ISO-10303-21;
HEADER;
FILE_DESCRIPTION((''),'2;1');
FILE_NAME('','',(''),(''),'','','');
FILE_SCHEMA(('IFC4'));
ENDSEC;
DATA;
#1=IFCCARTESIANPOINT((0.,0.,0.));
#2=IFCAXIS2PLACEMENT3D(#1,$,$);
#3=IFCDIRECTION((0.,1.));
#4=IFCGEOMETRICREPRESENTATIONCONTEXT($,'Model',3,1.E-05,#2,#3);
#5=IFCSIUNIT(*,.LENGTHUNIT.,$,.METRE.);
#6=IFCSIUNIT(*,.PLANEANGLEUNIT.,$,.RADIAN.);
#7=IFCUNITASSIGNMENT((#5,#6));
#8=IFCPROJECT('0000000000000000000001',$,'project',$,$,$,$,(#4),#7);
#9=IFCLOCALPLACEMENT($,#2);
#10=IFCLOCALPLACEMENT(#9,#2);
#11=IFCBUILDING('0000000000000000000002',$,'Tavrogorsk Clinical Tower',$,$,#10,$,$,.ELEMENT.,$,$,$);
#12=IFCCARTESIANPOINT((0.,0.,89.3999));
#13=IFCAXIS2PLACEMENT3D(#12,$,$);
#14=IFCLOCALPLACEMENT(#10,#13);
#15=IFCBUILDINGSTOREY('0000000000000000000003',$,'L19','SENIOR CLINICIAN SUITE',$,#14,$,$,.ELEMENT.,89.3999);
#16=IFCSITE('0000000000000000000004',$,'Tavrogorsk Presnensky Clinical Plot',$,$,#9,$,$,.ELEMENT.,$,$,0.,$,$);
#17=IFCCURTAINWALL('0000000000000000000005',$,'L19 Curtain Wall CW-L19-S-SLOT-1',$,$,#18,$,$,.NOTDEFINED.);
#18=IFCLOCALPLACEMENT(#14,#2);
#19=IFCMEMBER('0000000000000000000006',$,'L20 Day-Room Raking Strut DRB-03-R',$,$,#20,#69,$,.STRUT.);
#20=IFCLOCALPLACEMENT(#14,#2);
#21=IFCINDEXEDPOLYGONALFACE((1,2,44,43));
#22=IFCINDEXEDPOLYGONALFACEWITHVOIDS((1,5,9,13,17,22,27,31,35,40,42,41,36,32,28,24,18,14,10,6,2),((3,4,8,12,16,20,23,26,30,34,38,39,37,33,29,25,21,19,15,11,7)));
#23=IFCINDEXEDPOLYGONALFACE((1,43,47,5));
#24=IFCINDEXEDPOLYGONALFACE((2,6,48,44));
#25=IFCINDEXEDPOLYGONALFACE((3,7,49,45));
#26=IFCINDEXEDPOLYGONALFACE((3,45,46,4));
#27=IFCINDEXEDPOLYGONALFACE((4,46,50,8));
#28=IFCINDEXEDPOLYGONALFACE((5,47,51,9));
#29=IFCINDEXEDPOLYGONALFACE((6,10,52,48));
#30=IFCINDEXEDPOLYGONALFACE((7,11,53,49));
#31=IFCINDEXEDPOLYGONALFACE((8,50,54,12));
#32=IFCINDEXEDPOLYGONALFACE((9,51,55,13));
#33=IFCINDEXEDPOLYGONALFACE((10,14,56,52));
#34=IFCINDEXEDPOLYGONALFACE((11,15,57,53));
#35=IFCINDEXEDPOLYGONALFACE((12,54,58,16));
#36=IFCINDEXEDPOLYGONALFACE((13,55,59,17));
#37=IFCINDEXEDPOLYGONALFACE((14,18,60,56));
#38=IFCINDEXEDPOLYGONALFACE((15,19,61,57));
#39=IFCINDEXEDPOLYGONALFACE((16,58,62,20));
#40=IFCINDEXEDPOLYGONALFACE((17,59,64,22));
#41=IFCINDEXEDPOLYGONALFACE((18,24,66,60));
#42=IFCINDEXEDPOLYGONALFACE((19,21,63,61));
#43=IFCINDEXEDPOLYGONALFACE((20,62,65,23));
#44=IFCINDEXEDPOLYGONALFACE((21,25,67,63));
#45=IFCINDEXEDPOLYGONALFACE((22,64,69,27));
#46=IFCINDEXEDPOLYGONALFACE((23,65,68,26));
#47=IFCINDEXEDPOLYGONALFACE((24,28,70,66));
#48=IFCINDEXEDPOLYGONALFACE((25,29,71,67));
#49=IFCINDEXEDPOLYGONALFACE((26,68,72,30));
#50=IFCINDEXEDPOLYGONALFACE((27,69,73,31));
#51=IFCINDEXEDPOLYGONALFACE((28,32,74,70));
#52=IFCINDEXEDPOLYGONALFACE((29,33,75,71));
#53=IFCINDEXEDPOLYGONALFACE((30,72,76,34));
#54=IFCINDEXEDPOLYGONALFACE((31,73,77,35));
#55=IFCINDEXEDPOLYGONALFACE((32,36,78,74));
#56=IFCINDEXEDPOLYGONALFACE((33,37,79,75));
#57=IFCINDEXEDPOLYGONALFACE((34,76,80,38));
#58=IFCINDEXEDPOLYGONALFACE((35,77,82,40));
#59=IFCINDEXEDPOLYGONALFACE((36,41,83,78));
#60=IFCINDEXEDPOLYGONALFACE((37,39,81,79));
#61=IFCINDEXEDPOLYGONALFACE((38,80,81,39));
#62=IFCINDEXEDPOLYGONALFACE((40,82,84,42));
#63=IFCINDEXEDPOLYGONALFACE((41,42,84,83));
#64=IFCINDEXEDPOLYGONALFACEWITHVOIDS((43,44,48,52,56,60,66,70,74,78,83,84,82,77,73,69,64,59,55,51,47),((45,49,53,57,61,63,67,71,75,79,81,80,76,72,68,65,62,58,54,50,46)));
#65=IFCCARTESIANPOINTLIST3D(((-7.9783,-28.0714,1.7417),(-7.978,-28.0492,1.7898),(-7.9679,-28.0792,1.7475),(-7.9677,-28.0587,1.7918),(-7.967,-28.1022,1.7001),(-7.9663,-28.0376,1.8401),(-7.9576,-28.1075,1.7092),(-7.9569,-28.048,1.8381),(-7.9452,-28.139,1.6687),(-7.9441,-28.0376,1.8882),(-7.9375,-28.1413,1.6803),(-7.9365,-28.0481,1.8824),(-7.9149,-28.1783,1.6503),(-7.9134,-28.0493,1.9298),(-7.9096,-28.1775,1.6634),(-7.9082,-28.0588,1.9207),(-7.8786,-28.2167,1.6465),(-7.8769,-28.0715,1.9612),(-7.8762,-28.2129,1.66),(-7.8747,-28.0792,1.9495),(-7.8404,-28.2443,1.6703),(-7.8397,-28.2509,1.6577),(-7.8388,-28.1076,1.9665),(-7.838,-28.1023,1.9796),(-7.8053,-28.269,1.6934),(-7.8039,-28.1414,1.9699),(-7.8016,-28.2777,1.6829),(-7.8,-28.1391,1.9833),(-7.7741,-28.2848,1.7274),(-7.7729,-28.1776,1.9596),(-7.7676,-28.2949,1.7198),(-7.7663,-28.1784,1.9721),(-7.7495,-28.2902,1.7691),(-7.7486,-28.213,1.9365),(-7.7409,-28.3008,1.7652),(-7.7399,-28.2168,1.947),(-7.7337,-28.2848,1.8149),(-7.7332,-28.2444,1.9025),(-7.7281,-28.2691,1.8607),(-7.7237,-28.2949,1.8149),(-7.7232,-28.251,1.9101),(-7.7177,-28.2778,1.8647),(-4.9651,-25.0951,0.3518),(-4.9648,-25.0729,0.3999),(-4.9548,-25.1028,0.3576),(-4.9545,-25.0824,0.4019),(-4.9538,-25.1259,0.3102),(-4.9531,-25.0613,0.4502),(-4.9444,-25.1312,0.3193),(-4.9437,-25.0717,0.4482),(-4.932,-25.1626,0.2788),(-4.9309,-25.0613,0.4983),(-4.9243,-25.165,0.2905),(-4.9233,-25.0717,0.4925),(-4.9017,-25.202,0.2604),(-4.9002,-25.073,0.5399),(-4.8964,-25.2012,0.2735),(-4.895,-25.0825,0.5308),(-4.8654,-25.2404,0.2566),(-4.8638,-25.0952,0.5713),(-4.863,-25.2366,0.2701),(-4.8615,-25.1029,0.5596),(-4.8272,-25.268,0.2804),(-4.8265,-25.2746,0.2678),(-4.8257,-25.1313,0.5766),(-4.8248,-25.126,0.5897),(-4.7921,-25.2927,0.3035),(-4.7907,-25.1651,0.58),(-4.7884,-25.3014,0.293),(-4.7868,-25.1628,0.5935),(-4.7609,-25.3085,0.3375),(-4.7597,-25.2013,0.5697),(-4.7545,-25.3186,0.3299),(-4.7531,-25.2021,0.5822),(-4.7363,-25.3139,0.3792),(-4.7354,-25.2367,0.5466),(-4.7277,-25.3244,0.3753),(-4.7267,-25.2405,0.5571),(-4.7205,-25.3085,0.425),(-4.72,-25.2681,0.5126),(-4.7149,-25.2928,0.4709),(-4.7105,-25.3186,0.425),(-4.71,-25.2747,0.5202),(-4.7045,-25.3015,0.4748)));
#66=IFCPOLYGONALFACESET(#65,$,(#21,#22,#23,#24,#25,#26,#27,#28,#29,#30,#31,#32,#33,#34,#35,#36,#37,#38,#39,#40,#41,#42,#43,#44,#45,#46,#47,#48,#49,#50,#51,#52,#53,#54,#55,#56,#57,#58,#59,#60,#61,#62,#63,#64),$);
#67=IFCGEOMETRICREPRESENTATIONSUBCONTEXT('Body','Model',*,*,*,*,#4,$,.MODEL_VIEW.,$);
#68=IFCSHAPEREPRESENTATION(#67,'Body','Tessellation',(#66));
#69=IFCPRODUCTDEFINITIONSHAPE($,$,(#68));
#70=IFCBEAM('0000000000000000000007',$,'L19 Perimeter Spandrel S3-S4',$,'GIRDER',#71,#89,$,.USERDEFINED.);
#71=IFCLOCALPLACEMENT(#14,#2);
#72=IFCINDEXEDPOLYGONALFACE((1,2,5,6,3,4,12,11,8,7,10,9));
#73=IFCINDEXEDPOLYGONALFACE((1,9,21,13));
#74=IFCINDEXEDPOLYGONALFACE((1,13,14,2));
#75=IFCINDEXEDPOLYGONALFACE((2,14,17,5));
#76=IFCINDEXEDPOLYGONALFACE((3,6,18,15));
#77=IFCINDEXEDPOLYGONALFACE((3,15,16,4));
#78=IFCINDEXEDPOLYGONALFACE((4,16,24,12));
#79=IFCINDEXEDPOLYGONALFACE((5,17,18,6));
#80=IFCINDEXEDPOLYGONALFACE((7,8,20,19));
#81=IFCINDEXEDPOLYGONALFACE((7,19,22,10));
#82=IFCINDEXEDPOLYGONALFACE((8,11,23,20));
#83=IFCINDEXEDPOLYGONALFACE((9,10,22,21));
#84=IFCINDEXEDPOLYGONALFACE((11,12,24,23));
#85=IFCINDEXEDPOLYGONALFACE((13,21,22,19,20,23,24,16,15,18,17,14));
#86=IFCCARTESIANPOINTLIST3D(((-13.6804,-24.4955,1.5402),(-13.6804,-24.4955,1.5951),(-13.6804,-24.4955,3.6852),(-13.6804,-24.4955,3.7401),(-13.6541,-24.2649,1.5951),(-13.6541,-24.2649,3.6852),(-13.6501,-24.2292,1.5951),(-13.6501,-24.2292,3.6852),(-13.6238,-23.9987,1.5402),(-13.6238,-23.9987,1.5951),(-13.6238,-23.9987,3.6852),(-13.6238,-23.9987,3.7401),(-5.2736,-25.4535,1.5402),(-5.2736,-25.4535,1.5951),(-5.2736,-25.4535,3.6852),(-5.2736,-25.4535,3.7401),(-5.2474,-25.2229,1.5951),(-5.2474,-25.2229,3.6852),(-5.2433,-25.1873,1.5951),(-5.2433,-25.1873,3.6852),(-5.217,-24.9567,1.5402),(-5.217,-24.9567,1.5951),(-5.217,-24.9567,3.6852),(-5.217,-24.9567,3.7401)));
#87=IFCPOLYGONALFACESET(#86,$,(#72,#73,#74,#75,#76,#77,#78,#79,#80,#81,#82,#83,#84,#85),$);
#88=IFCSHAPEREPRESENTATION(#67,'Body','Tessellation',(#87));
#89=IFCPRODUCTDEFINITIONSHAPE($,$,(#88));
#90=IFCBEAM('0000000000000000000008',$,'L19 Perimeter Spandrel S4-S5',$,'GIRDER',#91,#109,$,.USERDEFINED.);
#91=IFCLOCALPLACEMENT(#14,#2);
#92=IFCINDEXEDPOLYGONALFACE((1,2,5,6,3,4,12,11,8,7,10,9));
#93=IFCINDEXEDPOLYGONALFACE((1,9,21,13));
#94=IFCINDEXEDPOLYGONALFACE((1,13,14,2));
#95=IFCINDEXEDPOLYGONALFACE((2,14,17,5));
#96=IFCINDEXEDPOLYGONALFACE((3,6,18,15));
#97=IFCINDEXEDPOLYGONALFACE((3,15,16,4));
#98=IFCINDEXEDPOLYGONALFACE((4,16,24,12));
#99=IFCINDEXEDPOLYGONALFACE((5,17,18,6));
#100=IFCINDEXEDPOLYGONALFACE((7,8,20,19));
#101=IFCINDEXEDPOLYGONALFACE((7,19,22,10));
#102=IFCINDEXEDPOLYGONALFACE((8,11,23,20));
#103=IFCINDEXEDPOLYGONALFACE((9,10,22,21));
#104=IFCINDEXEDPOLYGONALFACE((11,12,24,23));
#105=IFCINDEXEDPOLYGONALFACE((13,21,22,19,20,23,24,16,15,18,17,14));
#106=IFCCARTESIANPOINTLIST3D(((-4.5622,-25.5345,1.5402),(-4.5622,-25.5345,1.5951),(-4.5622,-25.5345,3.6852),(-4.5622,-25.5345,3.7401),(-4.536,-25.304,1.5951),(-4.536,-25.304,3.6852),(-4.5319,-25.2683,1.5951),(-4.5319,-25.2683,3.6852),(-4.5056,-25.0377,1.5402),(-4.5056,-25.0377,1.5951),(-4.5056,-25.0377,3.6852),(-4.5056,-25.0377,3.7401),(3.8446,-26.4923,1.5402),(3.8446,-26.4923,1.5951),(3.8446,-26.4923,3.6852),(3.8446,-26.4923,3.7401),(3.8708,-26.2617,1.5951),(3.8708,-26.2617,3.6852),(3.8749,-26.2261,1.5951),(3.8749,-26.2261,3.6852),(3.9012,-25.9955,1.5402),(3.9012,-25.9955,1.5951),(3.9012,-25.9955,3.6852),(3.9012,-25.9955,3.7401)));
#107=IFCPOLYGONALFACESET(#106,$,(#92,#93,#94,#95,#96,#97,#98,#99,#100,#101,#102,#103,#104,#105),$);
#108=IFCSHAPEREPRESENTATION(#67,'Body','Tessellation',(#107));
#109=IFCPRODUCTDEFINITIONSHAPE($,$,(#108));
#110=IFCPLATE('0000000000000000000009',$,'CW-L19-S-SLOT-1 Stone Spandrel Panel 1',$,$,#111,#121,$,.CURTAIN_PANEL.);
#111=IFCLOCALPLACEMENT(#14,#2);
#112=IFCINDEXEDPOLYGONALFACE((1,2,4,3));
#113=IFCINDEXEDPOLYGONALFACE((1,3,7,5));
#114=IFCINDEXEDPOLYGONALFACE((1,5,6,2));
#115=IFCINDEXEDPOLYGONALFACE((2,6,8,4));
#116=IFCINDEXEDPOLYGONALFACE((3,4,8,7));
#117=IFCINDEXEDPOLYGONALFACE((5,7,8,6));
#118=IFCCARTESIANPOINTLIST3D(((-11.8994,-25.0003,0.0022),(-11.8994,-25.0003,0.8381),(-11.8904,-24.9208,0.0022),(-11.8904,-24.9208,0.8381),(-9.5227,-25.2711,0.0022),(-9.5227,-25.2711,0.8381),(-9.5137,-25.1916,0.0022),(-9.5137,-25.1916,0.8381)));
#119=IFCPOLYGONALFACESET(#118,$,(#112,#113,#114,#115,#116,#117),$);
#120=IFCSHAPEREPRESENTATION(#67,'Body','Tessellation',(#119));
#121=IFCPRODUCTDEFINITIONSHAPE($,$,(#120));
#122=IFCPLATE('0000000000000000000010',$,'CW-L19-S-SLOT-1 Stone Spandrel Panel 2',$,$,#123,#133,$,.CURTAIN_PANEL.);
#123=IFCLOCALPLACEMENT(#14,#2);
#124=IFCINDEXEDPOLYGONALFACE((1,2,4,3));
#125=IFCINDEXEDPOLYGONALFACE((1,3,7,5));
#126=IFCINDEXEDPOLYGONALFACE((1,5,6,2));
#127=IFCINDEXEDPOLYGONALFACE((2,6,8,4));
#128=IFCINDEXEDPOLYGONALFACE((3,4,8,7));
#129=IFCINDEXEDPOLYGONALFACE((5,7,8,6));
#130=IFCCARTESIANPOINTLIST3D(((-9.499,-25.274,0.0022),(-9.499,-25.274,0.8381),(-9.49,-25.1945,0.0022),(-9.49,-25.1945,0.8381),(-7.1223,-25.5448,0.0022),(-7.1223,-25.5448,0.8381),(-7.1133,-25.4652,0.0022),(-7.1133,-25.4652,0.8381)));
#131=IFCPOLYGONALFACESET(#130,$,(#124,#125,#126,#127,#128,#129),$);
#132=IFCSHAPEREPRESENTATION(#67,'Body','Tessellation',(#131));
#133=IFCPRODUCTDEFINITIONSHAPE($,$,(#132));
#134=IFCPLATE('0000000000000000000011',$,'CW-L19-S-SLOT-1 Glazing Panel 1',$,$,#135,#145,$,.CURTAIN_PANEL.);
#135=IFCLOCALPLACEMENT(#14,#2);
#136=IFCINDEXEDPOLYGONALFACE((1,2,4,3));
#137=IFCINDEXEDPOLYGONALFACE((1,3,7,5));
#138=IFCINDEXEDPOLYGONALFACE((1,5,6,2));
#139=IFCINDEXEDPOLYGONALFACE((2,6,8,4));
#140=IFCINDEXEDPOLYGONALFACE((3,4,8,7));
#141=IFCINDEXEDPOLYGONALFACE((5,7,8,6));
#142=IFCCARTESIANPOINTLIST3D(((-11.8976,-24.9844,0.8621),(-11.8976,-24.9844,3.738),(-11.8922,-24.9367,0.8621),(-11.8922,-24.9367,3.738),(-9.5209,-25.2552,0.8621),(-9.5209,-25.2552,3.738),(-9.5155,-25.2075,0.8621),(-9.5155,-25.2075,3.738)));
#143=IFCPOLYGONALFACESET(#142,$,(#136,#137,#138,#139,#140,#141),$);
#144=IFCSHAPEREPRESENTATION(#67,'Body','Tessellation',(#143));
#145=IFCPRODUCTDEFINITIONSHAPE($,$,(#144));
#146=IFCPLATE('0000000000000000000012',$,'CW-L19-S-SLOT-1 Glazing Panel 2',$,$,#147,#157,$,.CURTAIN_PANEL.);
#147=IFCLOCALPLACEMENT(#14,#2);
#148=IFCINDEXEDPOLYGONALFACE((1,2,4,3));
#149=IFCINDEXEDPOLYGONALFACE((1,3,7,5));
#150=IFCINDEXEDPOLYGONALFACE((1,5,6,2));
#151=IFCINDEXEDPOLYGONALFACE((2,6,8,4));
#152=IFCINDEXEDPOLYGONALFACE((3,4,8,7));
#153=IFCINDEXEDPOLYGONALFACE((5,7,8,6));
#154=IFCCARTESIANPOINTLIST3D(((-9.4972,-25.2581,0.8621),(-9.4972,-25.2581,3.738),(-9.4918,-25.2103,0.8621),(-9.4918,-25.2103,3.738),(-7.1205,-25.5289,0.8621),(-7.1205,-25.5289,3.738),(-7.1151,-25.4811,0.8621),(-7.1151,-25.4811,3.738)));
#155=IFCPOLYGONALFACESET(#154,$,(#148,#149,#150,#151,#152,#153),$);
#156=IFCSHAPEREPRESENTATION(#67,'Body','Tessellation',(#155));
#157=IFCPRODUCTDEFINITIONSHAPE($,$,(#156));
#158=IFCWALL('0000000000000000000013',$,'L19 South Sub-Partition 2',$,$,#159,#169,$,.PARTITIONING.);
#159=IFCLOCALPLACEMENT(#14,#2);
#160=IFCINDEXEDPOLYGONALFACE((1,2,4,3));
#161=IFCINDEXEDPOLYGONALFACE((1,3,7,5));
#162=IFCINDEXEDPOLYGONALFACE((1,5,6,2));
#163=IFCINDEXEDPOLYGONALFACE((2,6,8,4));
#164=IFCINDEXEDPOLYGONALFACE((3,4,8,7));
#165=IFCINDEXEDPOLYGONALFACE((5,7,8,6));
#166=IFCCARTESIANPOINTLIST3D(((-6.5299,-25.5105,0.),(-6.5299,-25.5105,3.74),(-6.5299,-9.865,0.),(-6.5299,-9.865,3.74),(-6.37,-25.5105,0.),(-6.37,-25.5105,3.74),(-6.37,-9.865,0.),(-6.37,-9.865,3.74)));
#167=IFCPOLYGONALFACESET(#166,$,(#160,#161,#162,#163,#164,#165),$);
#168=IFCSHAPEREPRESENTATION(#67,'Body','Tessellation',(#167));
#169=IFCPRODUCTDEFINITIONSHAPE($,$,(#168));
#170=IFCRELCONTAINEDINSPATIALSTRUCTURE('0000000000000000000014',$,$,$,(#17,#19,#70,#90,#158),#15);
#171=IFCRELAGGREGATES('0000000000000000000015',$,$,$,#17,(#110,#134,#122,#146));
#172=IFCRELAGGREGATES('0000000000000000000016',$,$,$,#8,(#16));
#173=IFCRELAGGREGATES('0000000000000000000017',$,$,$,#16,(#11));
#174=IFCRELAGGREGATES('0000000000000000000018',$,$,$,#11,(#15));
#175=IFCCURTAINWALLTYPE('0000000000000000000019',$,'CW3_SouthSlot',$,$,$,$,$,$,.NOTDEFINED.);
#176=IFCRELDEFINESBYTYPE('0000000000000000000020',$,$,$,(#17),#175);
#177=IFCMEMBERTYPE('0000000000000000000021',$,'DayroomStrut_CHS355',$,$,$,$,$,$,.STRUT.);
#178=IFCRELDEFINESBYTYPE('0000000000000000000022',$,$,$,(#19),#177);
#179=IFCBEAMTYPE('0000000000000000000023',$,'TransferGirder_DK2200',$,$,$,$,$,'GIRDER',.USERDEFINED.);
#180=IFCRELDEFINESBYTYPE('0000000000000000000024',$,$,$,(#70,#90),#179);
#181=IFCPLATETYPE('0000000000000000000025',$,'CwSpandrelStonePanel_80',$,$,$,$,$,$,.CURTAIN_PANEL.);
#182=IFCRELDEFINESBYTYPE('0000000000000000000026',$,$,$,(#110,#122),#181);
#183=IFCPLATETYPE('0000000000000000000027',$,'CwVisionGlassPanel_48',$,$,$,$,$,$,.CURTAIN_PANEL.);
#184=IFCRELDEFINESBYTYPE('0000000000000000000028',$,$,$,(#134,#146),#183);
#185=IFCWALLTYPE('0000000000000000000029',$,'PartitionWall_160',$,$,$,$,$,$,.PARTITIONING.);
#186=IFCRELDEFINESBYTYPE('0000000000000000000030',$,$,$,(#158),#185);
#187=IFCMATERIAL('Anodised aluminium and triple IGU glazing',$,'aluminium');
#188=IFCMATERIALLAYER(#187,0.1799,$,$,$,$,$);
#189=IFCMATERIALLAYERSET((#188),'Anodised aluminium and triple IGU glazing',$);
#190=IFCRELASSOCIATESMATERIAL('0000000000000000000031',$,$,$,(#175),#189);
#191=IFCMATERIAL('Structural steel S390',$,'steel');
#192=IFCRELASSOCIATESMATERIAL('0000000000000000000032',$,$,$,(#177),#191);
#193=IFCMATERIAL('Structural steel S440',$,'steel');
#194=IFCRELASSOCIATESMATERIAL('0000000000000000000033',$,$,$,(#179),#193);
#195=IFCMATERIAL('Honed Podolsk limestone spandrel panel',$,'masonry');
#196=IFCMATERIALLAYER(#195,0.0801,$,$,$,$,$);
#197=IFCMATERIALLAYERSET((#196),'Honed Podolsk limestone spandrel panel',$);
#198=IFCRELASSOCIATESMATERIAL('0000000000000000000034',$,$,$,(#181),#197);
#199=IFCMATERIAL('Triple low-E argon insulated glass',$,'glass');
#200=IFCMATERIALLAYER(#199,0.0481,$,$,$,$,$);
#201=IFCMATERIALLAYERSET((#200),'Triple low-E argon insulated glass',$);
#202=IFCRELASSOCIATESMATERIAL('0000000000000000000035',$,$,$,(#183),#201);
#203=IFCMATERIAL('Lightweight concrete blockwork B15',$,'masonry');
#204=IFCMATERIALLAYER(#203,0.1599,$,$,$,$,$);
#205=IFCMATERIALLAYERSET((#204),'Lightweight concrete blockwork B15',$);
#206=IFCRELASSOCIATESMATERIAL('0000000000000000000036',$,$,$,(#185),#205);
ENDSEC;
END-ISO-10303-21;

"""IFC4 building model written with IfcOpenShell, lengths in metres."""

from ifc_helpers import new_model, si_unit, direction, frame, frame_2d, origin, origin_2d, place, context, subcontext, project, spatial, rectangle, hollow_circle, i_section, extrude, material, layer, layer_set, material_profile, profile_set, type_object, element, aggregate, save


model = new_model("IFC4")

# Units and contexts
model_context = context("Model", 3, precision=1e-05, world=origin(), true_north=direction((0.0, 1.0)))
body_context = subcontext(model_context, "Body", "Model", "MODEL_VIEW")
ifc_project = project(units=[si_unit("LENGTHUNIT", "METRE"), si_unit("PLANEANGLEUNIT", "RADIAN")], contexts=[model_context])

# Site, building, storey
site_placement = place(None, origin())
site = spatial("IfcSite", under=ifc_project, at=site_placement, Name="Tavrogorsk Presnensky Clinical Plot", CompositionType="ELEMENT", RefElevation=0.0)
building_placement = place(site_placement, origin())
building = spatial("IfcBuilding", under=site, at=building_placement, Name="Tavrogorsk Clinical Tower", CompositionType="ELEMENT")
storey_placement = place(building_placement, frame((0.0, 0.0, 89.3999)))
storey = spatial("IfcBuildingStorey", under=building, at=storey_placement, Name="L19", Description="SENIOR CLINICIAN SUITE", CompositionType="ELEMENT", Elevation=89.3999)

# Curtain wall
ifc_material_1 = material(Name="Anodised aluminium and triple IGU glazing", Category="aluminium")
ifc_layer_1 = layer(ifc_material_1, 0.1799)
ifc_layer_set_1 = layer_set([ifc_layer_1], Name="Anodised aluminium and triple IGU glazing")
curtain_wall_type = type_object("IfcCurtainWallType", Name="CW3_SouthSlot", PredefinedType="NOTDEFINED", material=ifc_layer_set_1)
curtain_wall_placement = place(storey_placement, origin())
curtain_wall = element("IfcCurtainWall", 1, at=curtain_wall_placement, inside=storey, type_object=curtain_wall_type, Name="L19 Curtain Wall CW-L19-S-SLOT-1", PredefinedType="NOTDEFINED")

# Member
ifc_material_2 = material(Name="Structural steel S390", Category="steel")
ifc_material_profile_1 = material_profile(ifc_material_2, hollow_circle(Radius=0.1777, WallThickness=0.0142, at=origin_2d()), Name="CHS-355.6x14.2")
ifc_profile_set_1 = profile_set([ifc_material_profile_1], Name="Structural steel S390")
member_type_1 = type_object("IfcMemberType", Name="DayroomStrut_CHS355", PredefinedType="STRUT", material=ifc_profile_set_1)
member_1_placement = place(storey_placement, frame((-4.8354, -25.1921, 0.425), z_axis=(-0.675977, -0.667706, 0.311808), x_axis=(0.702741, -0.711446, 0.0)))
element("IfcMember", 2, at=member_1_placement, inside=storey, type_object=member_type_1, Name="L20 Day-Room Raking Strut DRB-03-R", PredefinedType="STRUT", context=body_context, shape_type="SweptSolid", body=[
    extrude(hollow_circle(Radius=0.1777, WallThickness=0.0142, at=origin_2d()), origin(), (0.0, 0.0, 1.0), 4.4575),
])

# Beams
ifc_material_3 = material(Name="Structural steel S440", Category="steel")
ifc_material_profile_2 = material_profile(ifc_material_3, i_section(OverallWidth=0.5, OverallDepth=2.2, WebThickness=0.0359, FlangeThickness=0.0549, at=origin_2d()), Name="DK-2200x500x36x55")
ifc_profile_set_2 = profile_set([ifc_material_profile_2], Name="Structural steel S440")
beam_type = type_object("IfcBeamType", Name="TransferGirder_DK2200", ElementType="GIRDER", PredefinedType="USERDEFINED", material=ifc_profile_set_2)
for number, where, z_axis, x_axis, name in (
    (3, (-13.6521, -24.2471, 2.6401), (0.993569, -0.113224, 0.0), (0.113224, 0.993569, 0.0), "L19 Perimeter Spandrel S3-S4"),
    (4, (-4.5339, -25.2861, 2.6401), (0.993573, -0.113196, 0.0), (0.113196, 0.993573, 0.0), "L19 Perimeter Spandrel S4-S5"),
):
    element("IfcBeam", number, at=place(storey_placement, frame(where, z_axis=z_axis, x_axis=x_axis)), inside=storey, type_object=beam_type, Name=name, ObjectType="GIRDER", PredefinedType="USERDEFINED", context=body_context, shape_type="SweptSolid", body=[
        extrude(i_section(OverallWidth=0.5, OverallDepth=2.2, WebThickness=0.0359, FlangeThickness=0.0549, at=origin_2d()), origin(), (0.0, 0.0, 1.0), 8.4612),
    ])

# Plates
ifc_material_4 = material(Name="Honed Podolsk limestone spandrel panel", Category="masonry")
ifc_layer_2 = layer(ifc_material_4, 0.0801)
ifc_layer_set_2 = layer_set([ifc_layer_2], Name="Honed Podolsk limestone spandrel panel")
plate_type_1 = type_object("IfcPlateType", Name="CwSpandrelStonePanel_80", PredefinedType="CURTAIN_PANEL", material=ifc_layer_set_2)
plate_1_placement = place(storey_placement, frame((-10.7065, -25.0959, 0.0022), z_axis=(0.0, 0.0, 1.0), x_axis=(0.993572, -0.113203, 0.0)))
plate_1 = element("IfcPlate", 5, at=plate_1_placement, type_object=plate_type_1, Name="CW-L19-S-SLOT-1 Stone Spandrel Panel 1", PredefinedType="CURTAIN_PANEL", context=body_context, shape_type="SweptSolid", body=[
    extrude(rectangle(XDim=2.3921, YDim=0.0801, at=origin_2d()), origin(), (0.0, 0.0, 1.0), 0.8359),
])
plate_2_placement = place(storey_placement, frame((-8.3062, -25.3696, 0.0022), z_axis=(0.0, 0.0, 1.0), x_axis=(0.993572, -0.113203, 0.0)))
plate_2 = element("IfcPlate", 6, at=plate_2_placement, type_object=plate_type_1, Name="CW-L19-S-SLOT-1 Stone Spandrel Panel 2", PredefinedType="CURTAIN_PANEL", context=body_context, shape_type="SweptSolid", body=[
    extrude(rectangle(XDim=2.3921, YDim=0.0801, at=origin_2d()), origin(), (0.0, 0.0, 1.0), 0.8359),
])
ifc_material_5 = material(Name="Triple low-E argon insulated glass", Category="glass")
ifc_layer_3 = layer(ifc_material_5, 0.0481)
ifc_layer_set_3 = layer_set([ifc_layer_3], Name="Triple low-E argon insulated glass")
plate_type_2 = type_object("IfcPlateType", Name="CwVisionGlassPanel_48", PredefinedType="CURTAIN_PANEL", material=ifc_layer_set_3)
plate_3_placement = place(storey_placement, frame((-10.7065, -25.0959, 0.8621), z_axis=(0.0, 0.0, 1.0), x_axis=(0.993572, -0.113203, 0.0)))
plate_3 = element("IfcPlate", 7, at=plate_3_placement, type_object=plate_type_2, Name="CW-L19-S-SLOT-1 Glazing Panel 1", PredefinedType="CURTAIN_PANEL", context=body_context, shape_type="SweptSolid", body=[
    extrude(rectangle(XDim=2.3921, YDim=0.0481, at=origin_2d()), origin(), (0.0, 0.0, 1.0), 2.876),
])
plate_4_placement = place(storey_placement, frame((-8.3062, -25.3696, 0.8621), z_axis=(0.0, 0.0, 1.0), x_axis=(0.993572, -0.113203, 0.0)))
plate_4 = element("IfcPlate", 8, at=plate_4_placement, type_object=plate_type_2, Name="CW-L19-S-SLOT-1 Glazing Panel 2", PredefinedType="CURTAIN_PANEL", context=body_context, shape_type="SweptSolid", body=[
    extrude(rectangle(XDim=2.3921, YDim=0.0481, at=origin_2d()), origin(), (0.0, 0.0, 1.0), 2.876),
])
aggregate(curtain_wall, [plate_1, plate_3, plate_2, plate_4])

# Wall
ifc_material_6 = material(Name="Lightweight concrete blockwork B15", Category="masonry")
ifc_layer_4 = layer(ifc_material_6, 0.1599)
ifc_layer_set_4 = layer_set([ifc_layer_4], Name="Lightweight concrete blockwork B15")
wall_type_1 = type_object("IfcWallType", Name="PartitionWall_160", PredefinedType="PARTITIONING", material=ifc_layer_set_4)
wall_1_placement = place(storey_placement, frame((-6.45, -25.5105, 0.0), z_axis=(0.0, 0.0, 1.0), x_axis=(0.0, 1.0, 0.0)))
element("IfcWall", 9, at=wall_1_placement, inside=storey, type_object=wall_type_1, Name="L19 South Sub-Partition 2", PredefinedType="PARTITIONING", context=body_context, shape_type="SweptSolid", body=[
    extrude(rectangle(XDim=15.6455, YDim=0.1599, at=frame_2d((7.8228, 0.0))), origin(), (0.0, 0.0, 1.0), 3.74),
])

save(model, "model.ifc")
